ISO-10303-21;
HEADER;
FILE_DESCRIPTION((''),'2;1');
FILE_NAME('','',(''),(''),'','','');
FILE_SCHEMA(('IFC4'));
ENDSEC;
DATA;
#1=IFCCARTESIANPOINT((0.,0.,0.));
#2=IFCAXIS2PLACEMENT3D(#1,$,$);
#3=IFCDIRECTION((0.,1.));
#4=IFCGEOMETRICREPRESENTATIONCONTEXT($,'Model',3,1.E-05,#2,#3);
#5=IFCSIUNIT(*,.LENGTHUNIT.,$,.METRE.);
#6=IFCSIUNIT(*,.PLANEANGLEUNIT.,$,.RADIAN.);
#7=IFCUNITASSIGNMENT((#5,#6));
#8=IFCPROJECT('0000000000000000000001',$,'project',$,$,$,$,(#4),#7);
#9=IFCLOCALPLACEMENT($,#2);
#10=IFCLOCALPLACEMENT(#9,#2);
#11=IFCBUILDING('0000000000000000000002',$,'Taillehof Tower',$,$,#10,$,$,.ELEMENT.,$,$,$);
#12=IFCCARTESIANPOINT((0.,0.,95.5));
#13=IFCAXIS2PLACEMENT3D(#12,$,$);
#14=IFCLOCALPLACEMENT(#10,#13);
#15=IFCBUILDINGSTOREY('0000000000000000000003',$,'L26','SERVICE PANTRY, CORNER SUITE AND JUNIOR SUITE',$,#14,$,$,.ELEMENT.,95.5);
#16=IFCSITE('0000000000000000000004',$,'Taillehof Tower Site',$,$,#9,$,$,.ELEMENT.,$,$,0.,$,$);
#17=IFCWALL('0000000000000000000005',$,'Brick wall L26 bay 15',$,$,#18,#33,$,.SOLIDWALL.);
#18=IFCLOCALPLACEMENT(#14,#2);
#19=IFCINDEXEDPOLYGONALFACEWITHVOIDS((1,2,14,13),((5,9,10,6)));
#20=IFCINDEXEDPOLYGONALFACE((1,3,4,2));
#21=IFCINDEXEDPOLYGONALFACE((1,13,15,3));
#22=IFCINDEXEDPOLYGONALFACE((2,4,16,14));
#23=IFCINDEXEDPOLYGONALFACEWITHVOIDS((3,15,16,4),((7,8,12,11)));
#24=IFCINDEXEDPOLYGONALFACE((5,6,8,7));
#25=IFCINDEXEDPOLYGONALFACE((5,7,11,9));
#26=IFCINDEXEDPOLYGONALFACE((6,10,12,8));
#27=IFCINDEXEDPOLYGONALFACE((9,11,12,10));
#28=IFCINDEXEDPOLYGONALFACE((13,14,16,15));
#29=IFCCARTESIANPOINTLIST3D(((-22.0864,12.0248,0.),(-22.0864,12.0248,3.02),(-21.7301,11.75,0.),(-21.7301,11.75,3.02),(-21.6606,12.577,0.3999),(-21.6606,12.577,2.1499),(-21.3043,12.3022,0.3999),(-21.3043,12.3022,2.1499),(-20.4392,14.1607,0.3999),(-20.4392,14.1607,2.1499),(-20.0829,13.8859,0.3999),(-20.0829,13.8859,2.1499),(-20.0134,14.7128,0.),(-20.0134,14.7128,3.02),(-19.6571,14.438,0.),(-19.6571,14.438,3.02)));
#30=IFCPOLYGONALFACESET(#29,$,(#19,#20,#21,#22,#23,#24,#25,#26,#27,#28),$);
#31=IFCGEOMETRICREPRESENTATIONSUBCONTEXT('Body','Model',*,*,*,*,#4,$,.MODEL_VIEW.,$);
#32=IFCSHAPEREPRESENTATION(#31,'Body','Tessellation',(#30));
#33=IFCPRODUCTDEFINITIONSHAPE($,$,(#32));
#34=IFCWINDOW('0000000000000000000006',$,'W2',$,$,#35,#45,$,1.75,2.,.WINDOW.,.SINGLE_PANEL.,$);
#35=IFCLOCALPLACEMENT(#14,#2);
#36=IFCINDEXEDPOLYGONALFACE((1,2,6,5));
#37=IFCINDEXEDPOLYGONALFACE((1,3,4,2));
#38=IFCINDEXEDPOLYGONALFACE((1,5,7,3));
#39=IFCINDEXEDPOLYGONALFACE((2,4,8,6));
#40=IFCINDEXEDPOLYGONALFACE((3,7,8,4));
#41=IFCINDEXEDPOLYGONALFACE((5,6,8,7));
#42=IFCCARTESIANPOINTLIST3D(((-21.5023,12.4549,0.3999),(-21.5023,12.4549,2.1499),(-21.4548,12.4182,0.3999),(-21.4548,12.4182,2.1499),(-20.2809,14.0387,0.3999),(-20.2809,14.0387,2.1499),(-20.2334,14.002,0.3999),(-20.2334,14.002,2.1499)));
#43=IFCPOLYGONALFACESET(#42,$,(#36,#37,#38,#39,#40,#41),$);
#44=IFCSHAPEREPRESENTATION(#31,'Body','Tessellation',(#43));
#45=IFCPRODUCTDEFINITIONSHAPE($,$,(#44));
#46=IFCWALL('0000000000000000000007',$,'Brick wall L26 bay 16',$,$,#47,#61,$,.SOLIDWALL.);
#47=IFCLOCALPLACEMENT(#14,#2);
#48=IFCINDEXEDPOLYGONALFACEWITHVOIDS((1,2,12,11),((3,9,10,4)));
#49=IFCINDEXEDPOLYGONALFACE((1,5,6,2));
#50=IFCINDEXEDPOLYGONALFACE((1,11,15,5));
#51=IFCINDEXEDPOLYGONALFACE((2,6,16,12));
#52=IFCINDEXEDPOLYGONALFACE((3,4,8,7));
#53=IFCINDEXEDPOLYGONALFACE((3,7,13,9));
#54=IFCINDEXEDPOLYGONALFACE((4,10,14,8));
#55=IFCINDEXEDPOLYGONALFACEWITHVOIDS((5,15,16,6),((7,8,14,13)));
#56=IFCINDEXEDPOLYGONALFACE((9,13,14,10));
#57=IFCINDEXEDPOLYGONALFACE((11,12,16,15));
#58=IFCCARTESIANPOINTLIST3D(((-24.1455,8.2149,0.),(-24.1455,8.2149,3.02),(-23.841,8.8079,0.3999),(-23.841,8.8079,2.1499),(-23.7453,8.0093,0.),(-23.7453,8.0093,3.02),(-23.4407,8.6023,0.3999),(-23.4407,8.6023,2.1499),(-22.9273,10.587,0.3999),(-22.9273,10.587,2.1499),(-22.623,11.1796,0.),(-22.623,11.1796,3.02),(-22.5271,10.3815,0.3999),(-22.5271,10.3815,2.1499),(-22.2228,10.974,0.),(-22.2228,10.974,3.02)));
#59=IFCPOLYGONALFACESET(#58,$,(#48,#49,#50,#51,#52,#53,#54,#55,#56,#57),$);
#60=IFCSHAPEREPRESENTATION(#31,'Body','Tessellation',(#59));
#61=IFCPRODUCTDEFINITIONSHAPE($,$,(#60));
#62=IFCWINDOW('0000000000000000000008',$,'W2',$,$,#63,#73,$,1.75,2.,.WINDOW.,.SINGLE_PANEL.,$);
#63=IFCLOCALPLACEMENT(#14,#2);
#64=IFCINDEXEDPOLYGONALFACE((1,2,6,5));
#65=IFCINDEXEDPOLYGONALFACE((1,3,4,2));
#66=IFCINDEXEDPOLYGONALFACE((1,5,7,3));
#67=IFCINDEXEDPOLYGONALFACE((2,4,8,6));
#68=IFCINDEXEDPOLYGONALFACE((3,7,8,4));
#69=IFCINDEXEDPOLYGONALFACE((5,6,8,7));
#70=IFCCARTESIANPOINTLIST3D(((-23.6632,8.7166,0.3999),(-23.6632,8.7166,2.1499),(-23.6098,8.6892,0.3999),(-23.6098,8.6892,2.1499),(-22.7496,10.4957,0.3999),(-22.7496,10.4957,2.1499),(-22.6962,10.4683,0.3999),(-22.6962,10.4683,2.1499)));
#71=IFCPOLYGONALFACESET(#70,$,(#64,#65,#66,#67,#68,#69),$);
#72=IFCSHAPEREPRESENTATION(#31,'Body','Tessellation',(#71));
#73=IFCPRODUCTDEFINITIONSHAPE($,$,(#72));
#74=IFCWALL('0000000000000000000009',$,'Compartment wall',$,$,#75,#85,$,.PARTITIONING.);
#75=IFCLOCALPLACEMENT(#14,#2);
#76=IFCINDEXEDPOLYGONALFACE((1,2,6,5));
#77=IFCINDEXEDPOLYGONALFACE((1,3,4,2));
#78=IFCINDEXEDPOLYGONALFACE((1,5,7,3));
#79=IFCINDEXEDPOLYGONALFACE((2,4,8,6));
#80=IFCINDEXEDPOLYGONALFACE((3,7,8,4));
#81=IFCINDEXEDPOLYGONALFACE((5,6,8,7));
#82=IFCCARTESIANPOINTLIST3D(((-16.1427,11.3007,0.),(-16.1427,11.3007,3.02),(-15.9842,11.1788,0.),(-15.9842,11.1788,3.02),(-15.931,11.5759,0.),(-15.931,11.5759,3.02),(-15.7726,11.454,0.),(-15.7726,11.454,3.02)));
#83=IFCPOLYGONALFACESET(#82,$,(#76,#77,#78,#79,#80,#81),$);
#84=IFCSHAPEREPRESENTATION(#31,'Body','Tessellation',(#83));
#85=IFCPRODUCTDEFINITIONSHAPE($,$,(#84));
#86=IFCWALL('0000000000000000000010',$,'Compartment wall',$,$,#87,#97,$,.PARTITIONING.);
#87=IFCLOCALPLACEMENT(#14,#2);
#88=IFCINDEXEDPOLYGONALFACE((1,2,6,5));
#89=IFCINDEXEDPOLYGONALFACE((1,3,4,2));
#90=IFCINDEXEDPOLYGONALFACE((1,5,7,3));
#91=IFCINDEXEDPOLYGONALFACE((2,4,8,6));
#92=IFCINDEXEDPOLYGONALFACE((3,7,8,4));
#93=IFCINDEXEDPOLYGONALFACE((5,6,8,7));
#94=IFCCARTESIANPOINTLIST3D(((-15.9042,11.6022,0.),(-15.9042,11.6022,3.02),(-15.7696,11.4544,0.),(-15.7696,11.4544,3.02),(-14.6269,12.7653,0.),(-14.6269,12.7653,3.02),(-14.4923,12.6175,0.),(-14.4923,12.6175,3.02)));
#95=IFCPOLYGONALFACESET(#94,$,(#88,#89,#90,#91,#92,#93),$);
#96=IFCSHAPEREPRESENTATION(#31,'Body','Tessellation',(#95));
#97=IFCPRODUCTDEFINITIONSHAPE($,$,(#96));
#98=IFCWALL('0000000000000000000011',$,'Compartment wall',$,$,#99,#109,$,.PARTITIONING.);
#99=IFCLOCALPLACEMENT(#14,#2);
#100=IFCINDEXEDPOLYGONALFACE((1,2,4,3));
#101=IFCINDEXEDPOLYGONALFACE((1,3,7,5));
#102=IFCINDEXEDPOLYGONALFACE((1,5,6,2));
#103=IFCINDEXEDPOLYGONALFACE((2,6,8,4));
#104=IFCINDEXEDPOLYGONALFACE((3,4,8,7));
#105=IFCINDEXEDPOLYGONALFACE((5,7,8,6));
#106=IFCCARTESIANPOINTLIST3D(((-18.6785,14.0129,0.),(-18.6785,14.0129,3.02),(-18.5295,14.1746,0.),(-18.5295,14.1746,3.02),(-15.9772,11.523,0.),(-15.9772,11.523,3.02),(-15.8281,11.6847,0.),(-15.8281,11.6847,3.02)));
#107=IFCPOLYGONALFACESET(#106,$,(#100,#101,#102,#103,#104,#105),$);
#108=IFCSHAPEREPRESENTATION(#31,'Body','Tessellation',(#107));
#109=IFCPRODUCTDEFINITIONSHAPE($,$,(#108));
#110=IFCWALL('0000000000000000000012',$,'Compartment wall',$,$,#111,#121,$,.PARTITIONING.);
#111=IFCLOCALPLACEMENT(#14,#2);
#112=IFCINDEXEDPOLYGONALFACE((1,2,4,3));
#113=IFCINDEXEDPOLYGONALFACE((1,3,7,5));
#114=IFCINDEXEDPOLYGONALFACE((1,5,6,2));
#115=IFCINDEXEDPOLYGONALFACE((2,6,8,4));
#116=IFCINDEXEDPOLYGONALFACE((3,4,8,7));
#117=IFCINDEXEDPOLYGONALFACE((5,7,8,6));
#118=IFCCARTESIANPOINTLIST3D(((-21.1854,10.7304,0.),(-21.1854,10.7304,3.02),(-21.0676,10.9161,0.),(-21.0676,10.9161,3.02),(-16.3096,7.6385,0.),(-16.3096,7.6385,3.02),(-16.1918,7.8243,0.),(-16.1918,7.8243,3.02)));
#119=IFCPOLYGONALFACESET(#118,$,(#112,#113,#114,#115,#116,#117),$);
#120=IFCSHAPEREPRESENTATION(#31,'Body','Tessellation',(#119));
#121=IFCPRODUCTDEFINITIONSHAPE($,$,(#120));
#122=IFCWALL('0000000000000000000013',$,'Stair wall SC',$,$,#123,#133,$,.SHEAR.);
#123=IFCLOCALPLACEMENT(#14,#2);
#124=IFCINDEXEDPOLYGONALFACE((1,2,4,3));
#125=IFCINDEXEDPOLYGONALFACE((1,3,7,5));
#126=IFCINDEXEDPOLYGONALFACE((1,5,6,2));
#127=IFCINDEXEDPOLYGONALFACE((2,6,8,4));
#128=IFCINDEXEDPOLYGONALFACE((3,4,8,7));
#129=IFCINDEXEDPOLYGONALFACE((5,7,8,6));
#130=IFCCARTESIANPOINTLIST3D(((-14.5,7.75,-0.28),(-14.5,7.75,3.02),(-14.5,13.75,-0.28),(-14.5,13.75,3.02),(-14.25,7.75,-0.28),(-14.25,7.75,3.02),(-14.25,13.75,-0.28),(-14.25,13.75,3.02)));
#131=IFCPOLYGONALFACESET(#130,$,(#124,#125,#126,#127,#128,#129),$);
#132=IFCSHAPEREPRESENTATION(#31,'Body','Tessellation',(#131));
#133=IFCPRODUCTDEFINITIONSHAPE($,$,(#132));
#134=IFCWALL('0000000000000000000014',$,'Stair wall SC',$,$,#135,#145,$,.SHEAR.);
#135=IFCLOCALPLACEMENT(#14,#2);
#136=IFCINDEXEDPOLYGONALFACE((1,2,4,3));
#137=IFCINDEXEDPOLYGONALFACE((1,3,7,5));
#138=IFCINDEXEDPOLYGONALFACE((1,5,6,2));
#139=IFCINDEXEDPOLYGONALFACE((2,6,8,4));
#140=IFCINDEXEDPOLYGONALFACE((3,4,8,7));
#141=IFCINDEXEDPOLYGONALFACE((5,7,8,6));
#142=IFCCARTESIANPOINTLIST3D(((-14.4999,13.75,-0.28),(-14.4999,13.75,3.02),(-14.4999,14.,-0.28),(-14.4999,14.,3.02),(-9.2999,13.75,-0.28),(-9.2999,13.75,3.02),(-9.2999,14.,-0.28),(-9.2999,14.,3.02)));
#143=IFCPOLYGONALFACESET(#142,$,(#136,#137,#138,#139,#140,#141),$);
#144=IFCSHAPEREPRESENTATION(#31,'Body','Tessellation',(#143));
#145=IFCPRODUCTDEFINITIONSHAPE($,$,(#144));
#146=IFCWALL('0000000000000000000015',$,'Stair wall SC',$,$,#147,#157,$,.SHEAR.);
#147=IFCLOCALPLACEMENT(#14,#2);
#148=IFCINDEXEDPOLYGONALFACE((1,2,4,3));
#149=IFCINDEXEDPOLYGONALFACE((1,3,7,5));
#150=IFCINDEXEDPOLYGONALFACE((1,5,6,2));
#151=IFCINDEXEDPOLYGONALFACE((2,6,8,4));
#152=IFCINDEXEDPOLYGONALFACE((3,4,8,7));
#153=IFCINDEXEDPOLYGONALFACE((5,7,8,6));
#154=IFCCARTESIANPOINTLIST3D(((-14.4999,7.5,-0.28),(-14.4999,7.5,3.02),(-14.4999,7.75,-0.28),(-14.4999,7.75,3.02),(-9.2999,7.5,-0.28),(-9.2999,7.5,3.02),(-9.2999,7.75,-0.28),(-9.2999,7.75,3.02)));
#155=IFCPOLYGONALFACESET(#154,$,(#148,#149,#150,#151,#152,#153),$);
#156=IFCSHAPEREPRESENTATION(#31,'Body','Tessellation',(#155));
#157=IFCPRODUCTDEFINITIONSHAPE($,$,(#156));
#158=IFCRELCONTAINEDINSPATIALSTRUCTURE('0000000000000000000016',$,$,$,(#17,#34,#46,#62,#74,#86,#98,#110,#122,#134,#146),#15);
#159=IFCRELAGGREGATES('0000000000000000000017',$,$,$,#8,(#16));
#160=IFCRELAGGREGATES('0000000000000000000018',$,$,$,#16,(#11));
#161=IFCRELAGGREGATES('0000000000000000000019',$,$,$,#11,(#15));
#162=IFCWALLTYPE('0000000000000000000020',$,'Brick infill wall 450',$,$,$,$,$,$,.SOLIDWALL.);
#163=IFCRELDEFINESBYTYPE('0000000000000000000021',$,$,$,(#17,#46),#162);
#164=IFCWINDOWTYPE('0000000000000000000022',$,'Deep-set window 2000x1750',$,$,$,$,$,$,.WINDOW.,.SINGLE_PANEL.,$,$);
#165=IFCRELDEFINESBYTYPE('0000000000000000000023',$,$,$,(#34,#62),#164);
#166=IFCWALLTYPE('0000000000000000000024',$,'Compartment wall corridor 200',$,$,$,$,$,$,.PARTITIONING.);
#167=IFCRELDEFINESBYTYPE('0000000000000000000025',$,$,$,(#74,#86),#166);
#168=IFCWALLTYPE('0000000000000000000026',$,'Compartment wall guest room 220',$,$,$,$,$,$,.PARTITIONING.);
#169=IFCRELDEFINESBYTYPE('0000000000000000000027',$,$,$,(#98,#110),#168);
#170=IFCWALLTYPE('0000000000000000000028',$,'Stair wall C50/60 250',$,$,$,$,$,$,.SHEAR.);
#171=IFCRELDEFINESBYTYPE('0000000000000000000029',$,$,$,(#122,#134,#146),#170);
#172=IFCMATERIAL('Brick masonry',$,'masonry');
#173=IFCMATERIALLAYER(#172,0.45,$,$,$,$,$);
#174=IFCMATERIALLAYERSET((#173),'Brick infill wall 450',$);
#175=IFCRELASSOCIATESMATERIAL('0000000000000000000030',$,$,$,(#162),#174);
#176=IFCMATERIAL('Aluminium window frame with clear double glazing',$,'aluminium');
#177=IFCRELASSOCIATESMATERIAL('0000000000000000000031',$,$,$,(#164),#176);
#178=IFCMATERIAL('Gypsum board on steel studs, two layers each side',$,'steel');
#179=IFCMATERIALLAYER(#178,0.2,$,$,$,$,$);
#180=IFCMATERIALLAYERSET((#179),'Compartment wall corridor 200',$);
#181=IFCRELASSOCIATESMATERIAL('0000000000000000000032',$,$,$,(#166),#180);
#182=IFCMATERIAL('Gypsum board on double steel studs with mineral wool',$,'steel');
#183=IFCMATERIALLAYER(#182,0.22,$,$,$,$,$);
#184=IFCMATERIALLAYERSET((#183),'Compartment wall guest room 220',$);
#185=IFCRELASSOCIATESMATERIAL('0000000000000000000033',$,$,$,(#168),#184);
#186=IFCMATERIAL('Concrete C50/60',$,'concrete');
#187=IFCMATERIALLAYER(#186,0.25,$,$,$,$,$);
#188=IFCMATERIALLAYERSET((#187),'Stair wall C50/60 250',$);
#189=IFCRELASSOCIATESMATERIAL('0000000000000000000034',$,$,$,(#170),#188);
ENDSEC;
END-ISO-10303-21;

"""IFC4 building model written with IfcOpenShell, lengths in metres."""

from ifc_helpers import new_model, si_unit, direction, frame, frame_2d, origin, place, context, subcontext, project, spatial, rectangle, extrude, material, layer, layer_set, type_object, element, fill, save


model = new_model("IFC4")

# Units and contexts
model_context = context("Model", 3, precision=1e-05, world=origin(), true_north=direction((0.0, 1.0)))
body_context = subcontext(model_context, "Body", "Model", "MODEL_VIEW")
ifc_project = project(units=[si_unit("LENGTHUNIT", "METRE"), si_unit("PLANEANGLEUNIT", "RADIAN")], contexts=[model_context])

# Site, building, storey
site_placement = place(None, origin())
site = spatial("IfcSite", under=ifc_project, at=site_placement, Name="Taillehof Tower Site", CompositionType="ELEMENT", RefElevation=0.0)
building_placement = place(site_placement, origin())
building = spatial("IfcBuilding", under=site, at=building_placement, Name="Taillehof Tower", CompositionType="ELEMENT")
storey_placement = place(building_placement, frame((0.0, 0.0, 95.5)))
storey = spatial("IfcBuildingStorey", under=building, at=storey_placement, Name="L26", Description="SERVICE PANTRY, CORNER SUITE AND JUNIOR SUITE", CompositionType="ELEMENT", Elevation=95.5)

# Walls, openings, windows
ifc_material_1 = material(Name="Brick masonry", Category="masonry")
ifc_layer_1 = layer(ifc_material_1, 0.45)
ifc_layer_set_1 = layer_set([ifc_layer_1], Name="Brick infill wall 450")
wall_type_1 = type_object("IfcWallType", Name="Brick infill wall 450", PredefinedType="SOLIDWALL", material=ifc_layer_set_1)
ifc_material_2 = material(Name="Aluminium window frame with clear double glazing", Category="aluminium")
window_type = type_object("IfcWindowType", Name="Deep-set window 2000x1750", PartitioningType="SINGLE_PANEL", PredefinedType="WINDOW", material=ifc_material_2)
wall_1_placement = place(storey_placement, frame((-19.8352, 14.5754, 0.0), z_axis=(0.0, 0.0, 1.0), x_axis=(-0.610694, -0.791867, 0.0)))
wall_1 = element("IfcWall", 1, at=wall_1_placement, inside=storey, type_object=wall_type_1, Name="Brick wall L26 bay 15", PredefinedType="SOLIDWALL", context=body_context, shape_type="SweptSolid", body=[
    extrude(rectangle(XDim=3.3945, YDim=0.45, at=frame_2d((1.6973, 0.0))), origin(), (0.0, 0.0, 1.0), 3.02),
])
opening_1_placement = place(wall_1_placement, frame((0.6973, 0.0, 0.3999)))
opening_1 = element("IfcOpeningElement", 2, at=opening_1_placement, cuts=wall_1, PredefinedType="OPENING", context=body_context, shape_type="SweptSolid", body=[
    extrude(rectangle(XDim=2.0, YDim=1.75, at=frame_2d((1.0, 0.875))), frame((0.0, 0.2349, 0.0), z_axis=(0.0, -1.0, 0.0), x_axis=(1.0, 0.0, 0.0)), (0.0, 0.0, 1.0), 0.47),
])
window_1_placement = place(opening_1_placement, origin())
window_1 = element("IfcWindow", 3, at=window_1_placement, inside=storey, type_object=window_type, Name="W2", OverallHeight=1.75, OverallWidth=2.0, PartitioningType="SINGLE_PANEL", PredefinedType="WINDOW", context=body_context, shape_type="SweptSolid", body=[
    extrude(rectangle(XDim=2.0, YDim=1.75, at=frame_2d((1.0, 0.875))), frame((0.0, 0.0349, 0.0), z_axis=(0.0, -1.0, 0.0), x_axis=(1.0, 0.0, 0.0)), (0.0, 0.0, 1.0), 0.0601),
])
fill(opening_1, window_1)
wall_2_placement = place(storey_placement, frame((-22.4229, 11.0769, 0.0), z_axis=(0.0, 0.0, 1.0), x_axis=(-0.456828, -0.889555, 0.0)))
wall_2 = element("IfcWall", 4, at=wall_2_placement, inside=storey, type_object=wall_type_1, Name="Brick wall L26 bay 16", PredefinedType="SOLIDWALL", context=body_context, shape_type="SweptSolid", body=[
    extrude(rectangle(XDim=3.3328, YDim=0.45, at=frame_2d((1.6665, 0.0))), origin(), (0.0, 0.0, 1.0), 3.02),
])
opening_2_placement = place(wall_2_placement, frame((0.6663, 0.0, 0.3999)))
opening_2 = element("IfcOpeningElement", 5, at=opening_2_placement, cuts=wall_2, PredefinedType="OPENING", context=body_context, shape_type="SweptSolid", body=[
    extrude(rectangle(XDim=2.0, YDim=1.75, at=frame_2d((1.0, 0.875))), frame((0.0, 0.2349, 0.0), z_axis=(0.0, -1.0, 0.0), x_axis=(1.0, 0.0, 0.0)), (0.0, 0.0, 1.0), 0.47),
])
window_2_placement = place(opening_2_placement, origin())
window_2 = element("IfcWindow", 6, at=window_2_placement, inside=storey, type_object=window_type, Name="W2", OverallHeight=1.75, OverallWidth=2.0, PartitioningType="SINGLE_PANEL", PredefinedType="WINDOW", context=body_context, shape_type="SweptSolid", body=[
    extrude(rectangle(XDim=2.0, YDim=1.75, at=frame_2d((1.0, 0.875))), frame((0.0, 0.0349, 0.0), z_axis=(0.0, -1.0, 0.0), x_axis=(1.0, 0.0, 0.0)), (0.0, 0.0, 1.0), 0.0601),
])
fill(opening_2, window_2)

# Walls
ifc_material_3 = material(Name="Gypsum board on steel studs, two layers each side", Category="steel")
ifc_layer_2 = layer(ifc_material_3, 0.2)
ifc_layer_set_2 = layer_set([ifc_layer_2], Name="Compartment wall corridor 200")
wall_type_2 = type_object("IfcWallType", Name="Compartment wall corridor 200", PredefinedType="PARTITIONING", material=ifc_layer_set_2)
wall_3_placement = place(storey_placement, frame((-16.0635, 11.2397, 0.0), z_axis=(0.0, 0.0, 1.0), x_axis=(0.609745, 0.792598, 0.0)))
element("IfcWall", 7, at=wall_3_placement, inside=storey, type_object=wall_type_2, Name="Compartment wall", PredefinedType="PARTITIONING", context=body_context, shape_type="SweptSolid", body=[
    extrude(rectangle(XDim=0.3472, YDim=0.2, at=frame_2d((0.1736, 0.0))), origin(), (0.0, 0.0, 1.0), 3.02),
])
wall_4_placement = place(storey_placement, frame((-15.8369, 11.5283, 0.0), z_axis=(0.0, 0.0, 1.0), x_axis=(0.739403, 0.673263, 0.0)))
element("IfcWall", 8, at=wall_4_placement, inside=storey, type_object=wall_type_2, Name="Compartment wall", PredefinedType="PARTITIONING", context=body_context, shape_type="SweptSolid", body=[
    extrude(rectangle(XDim=1.7275, YDim=0.2, at=frame_2d((0.8638, 0.0))), origin(), (0.0, 0.0, 1.0), 3.02),
])
ifc_material_4 = material(Name="Gypsum board on double steel studs with mineral wool", Category="steel")
ifc_layer_3 = layer(ifc_material_4, 0.22)
ifc_layer_set_3 = layer_set([ifc_layer_3], Name="Compartment wall guest room 220")
wall_type_3 = type_object("IfcWallType", Name="Compartment wall guest room 220", PredefinedType="PARTITIONING", material=ifc_layer_set_3)
wall_5_placement = place(storey_placement, frame((-18.604, 14.0938, 0.0), z_axis=(0.0, 0.0, 1.0), x_axis=(0.735295, -0.677747, 0.0)))
element("IfcWall", 9, at=wall_5_placement, inside=storey, type_object=wall_type_3, Name="Compartment wall", PredefinedType="PARTITIONING", context=body_context, shape_type="SweptSolid", body=[
    extrude(rectangle(XDim=3.6738, YDim=0.22, at=frame_2d((1.8369, 0.0))), origin(), (0.0, 0.0, 1.0), 3.02),
])
wall_6_placement = place(storey_placement, frame((-21.1265, 10.8232, 0.0), z_axis=(0.0, 0.0, 1.0), x_axis=(0.844519, -0.535526, 0.0)))
element("IfcWall", 10, at=wall_6_placement, inside=storey, type_object=wall_type_3, Name="Compartment wall", PredefinedType="PARTITIONING", context=body_context, shape_type="SweptSolid", body=[
    extrude(rectangle(XDim=5.7734, YDim=0.22, at=frame_2d((2.8867, 0.0))), origin(), (0.0, 0.0, 1.0), 3.02),
])
ifc_material_5 = material(Name="Concrete C50/60", Category="concrete")
ifc_layer_4 = layer(ifc_material_5, 0.25)
ifc_layer_set_4 = layer_set([ifc_layer_4], Name="Stair wall C50/60 250")
wall_type_4 = type_object("IfcWallType", Name="Stair wall C50/60 250", PredefinedType="SHEAR", material=ifc_layer_set_4)
wall_7_placement = place(storey_placement, frame((-14.375, 7.75, -0.28), z_axis=(0.0, 0.0, 1.0), x_axis=(0.0, 1.0, 0.0)))
element("IfcWall", 11, at=wall_7_placement, inside=storey, type_object=wall_type_4, Name="Stair wall SC", PredefinedType="SHEAR", context=body_context, shape_type="SweptSolid", body=[
    extrude(rectangle(XDim=6.0, YDim=0.25, at=frame_2d((3.0, 0.0))), origin(), (0.0, 0.0, 1.0), 3.3),
])
for number, where, z_axis, x_axis, name in (
    (12, (-14.5, 13.875, -0.28), (0.0, 0.0, 1.0), (1.0, 0.0, 0.0), "Stair wall SC"),
    (13, (-14.5, 7.625, -0.28), (0.0, 0.0, 1.0), (1.0, 0.0, 0.0), "Stair wall SC"),
):
    element("IfcWall", number, at=place(storey_placement, frame(where, z_axis=z_axis, x_axis=x_axis)), inside=storey, type_object=wall_type_4, Name=name, PredefinedType="SHEAR", context=body_context, shape_type="SweptSolid", body=[
        extrude(rectangle(XDim=5.2, YDim=0.25, at=frame_2d((2.6001, 0.0))), origin(), (0.0, 0.0, 1.0), 3.3),
    ])

save(model, "model.ifc")
